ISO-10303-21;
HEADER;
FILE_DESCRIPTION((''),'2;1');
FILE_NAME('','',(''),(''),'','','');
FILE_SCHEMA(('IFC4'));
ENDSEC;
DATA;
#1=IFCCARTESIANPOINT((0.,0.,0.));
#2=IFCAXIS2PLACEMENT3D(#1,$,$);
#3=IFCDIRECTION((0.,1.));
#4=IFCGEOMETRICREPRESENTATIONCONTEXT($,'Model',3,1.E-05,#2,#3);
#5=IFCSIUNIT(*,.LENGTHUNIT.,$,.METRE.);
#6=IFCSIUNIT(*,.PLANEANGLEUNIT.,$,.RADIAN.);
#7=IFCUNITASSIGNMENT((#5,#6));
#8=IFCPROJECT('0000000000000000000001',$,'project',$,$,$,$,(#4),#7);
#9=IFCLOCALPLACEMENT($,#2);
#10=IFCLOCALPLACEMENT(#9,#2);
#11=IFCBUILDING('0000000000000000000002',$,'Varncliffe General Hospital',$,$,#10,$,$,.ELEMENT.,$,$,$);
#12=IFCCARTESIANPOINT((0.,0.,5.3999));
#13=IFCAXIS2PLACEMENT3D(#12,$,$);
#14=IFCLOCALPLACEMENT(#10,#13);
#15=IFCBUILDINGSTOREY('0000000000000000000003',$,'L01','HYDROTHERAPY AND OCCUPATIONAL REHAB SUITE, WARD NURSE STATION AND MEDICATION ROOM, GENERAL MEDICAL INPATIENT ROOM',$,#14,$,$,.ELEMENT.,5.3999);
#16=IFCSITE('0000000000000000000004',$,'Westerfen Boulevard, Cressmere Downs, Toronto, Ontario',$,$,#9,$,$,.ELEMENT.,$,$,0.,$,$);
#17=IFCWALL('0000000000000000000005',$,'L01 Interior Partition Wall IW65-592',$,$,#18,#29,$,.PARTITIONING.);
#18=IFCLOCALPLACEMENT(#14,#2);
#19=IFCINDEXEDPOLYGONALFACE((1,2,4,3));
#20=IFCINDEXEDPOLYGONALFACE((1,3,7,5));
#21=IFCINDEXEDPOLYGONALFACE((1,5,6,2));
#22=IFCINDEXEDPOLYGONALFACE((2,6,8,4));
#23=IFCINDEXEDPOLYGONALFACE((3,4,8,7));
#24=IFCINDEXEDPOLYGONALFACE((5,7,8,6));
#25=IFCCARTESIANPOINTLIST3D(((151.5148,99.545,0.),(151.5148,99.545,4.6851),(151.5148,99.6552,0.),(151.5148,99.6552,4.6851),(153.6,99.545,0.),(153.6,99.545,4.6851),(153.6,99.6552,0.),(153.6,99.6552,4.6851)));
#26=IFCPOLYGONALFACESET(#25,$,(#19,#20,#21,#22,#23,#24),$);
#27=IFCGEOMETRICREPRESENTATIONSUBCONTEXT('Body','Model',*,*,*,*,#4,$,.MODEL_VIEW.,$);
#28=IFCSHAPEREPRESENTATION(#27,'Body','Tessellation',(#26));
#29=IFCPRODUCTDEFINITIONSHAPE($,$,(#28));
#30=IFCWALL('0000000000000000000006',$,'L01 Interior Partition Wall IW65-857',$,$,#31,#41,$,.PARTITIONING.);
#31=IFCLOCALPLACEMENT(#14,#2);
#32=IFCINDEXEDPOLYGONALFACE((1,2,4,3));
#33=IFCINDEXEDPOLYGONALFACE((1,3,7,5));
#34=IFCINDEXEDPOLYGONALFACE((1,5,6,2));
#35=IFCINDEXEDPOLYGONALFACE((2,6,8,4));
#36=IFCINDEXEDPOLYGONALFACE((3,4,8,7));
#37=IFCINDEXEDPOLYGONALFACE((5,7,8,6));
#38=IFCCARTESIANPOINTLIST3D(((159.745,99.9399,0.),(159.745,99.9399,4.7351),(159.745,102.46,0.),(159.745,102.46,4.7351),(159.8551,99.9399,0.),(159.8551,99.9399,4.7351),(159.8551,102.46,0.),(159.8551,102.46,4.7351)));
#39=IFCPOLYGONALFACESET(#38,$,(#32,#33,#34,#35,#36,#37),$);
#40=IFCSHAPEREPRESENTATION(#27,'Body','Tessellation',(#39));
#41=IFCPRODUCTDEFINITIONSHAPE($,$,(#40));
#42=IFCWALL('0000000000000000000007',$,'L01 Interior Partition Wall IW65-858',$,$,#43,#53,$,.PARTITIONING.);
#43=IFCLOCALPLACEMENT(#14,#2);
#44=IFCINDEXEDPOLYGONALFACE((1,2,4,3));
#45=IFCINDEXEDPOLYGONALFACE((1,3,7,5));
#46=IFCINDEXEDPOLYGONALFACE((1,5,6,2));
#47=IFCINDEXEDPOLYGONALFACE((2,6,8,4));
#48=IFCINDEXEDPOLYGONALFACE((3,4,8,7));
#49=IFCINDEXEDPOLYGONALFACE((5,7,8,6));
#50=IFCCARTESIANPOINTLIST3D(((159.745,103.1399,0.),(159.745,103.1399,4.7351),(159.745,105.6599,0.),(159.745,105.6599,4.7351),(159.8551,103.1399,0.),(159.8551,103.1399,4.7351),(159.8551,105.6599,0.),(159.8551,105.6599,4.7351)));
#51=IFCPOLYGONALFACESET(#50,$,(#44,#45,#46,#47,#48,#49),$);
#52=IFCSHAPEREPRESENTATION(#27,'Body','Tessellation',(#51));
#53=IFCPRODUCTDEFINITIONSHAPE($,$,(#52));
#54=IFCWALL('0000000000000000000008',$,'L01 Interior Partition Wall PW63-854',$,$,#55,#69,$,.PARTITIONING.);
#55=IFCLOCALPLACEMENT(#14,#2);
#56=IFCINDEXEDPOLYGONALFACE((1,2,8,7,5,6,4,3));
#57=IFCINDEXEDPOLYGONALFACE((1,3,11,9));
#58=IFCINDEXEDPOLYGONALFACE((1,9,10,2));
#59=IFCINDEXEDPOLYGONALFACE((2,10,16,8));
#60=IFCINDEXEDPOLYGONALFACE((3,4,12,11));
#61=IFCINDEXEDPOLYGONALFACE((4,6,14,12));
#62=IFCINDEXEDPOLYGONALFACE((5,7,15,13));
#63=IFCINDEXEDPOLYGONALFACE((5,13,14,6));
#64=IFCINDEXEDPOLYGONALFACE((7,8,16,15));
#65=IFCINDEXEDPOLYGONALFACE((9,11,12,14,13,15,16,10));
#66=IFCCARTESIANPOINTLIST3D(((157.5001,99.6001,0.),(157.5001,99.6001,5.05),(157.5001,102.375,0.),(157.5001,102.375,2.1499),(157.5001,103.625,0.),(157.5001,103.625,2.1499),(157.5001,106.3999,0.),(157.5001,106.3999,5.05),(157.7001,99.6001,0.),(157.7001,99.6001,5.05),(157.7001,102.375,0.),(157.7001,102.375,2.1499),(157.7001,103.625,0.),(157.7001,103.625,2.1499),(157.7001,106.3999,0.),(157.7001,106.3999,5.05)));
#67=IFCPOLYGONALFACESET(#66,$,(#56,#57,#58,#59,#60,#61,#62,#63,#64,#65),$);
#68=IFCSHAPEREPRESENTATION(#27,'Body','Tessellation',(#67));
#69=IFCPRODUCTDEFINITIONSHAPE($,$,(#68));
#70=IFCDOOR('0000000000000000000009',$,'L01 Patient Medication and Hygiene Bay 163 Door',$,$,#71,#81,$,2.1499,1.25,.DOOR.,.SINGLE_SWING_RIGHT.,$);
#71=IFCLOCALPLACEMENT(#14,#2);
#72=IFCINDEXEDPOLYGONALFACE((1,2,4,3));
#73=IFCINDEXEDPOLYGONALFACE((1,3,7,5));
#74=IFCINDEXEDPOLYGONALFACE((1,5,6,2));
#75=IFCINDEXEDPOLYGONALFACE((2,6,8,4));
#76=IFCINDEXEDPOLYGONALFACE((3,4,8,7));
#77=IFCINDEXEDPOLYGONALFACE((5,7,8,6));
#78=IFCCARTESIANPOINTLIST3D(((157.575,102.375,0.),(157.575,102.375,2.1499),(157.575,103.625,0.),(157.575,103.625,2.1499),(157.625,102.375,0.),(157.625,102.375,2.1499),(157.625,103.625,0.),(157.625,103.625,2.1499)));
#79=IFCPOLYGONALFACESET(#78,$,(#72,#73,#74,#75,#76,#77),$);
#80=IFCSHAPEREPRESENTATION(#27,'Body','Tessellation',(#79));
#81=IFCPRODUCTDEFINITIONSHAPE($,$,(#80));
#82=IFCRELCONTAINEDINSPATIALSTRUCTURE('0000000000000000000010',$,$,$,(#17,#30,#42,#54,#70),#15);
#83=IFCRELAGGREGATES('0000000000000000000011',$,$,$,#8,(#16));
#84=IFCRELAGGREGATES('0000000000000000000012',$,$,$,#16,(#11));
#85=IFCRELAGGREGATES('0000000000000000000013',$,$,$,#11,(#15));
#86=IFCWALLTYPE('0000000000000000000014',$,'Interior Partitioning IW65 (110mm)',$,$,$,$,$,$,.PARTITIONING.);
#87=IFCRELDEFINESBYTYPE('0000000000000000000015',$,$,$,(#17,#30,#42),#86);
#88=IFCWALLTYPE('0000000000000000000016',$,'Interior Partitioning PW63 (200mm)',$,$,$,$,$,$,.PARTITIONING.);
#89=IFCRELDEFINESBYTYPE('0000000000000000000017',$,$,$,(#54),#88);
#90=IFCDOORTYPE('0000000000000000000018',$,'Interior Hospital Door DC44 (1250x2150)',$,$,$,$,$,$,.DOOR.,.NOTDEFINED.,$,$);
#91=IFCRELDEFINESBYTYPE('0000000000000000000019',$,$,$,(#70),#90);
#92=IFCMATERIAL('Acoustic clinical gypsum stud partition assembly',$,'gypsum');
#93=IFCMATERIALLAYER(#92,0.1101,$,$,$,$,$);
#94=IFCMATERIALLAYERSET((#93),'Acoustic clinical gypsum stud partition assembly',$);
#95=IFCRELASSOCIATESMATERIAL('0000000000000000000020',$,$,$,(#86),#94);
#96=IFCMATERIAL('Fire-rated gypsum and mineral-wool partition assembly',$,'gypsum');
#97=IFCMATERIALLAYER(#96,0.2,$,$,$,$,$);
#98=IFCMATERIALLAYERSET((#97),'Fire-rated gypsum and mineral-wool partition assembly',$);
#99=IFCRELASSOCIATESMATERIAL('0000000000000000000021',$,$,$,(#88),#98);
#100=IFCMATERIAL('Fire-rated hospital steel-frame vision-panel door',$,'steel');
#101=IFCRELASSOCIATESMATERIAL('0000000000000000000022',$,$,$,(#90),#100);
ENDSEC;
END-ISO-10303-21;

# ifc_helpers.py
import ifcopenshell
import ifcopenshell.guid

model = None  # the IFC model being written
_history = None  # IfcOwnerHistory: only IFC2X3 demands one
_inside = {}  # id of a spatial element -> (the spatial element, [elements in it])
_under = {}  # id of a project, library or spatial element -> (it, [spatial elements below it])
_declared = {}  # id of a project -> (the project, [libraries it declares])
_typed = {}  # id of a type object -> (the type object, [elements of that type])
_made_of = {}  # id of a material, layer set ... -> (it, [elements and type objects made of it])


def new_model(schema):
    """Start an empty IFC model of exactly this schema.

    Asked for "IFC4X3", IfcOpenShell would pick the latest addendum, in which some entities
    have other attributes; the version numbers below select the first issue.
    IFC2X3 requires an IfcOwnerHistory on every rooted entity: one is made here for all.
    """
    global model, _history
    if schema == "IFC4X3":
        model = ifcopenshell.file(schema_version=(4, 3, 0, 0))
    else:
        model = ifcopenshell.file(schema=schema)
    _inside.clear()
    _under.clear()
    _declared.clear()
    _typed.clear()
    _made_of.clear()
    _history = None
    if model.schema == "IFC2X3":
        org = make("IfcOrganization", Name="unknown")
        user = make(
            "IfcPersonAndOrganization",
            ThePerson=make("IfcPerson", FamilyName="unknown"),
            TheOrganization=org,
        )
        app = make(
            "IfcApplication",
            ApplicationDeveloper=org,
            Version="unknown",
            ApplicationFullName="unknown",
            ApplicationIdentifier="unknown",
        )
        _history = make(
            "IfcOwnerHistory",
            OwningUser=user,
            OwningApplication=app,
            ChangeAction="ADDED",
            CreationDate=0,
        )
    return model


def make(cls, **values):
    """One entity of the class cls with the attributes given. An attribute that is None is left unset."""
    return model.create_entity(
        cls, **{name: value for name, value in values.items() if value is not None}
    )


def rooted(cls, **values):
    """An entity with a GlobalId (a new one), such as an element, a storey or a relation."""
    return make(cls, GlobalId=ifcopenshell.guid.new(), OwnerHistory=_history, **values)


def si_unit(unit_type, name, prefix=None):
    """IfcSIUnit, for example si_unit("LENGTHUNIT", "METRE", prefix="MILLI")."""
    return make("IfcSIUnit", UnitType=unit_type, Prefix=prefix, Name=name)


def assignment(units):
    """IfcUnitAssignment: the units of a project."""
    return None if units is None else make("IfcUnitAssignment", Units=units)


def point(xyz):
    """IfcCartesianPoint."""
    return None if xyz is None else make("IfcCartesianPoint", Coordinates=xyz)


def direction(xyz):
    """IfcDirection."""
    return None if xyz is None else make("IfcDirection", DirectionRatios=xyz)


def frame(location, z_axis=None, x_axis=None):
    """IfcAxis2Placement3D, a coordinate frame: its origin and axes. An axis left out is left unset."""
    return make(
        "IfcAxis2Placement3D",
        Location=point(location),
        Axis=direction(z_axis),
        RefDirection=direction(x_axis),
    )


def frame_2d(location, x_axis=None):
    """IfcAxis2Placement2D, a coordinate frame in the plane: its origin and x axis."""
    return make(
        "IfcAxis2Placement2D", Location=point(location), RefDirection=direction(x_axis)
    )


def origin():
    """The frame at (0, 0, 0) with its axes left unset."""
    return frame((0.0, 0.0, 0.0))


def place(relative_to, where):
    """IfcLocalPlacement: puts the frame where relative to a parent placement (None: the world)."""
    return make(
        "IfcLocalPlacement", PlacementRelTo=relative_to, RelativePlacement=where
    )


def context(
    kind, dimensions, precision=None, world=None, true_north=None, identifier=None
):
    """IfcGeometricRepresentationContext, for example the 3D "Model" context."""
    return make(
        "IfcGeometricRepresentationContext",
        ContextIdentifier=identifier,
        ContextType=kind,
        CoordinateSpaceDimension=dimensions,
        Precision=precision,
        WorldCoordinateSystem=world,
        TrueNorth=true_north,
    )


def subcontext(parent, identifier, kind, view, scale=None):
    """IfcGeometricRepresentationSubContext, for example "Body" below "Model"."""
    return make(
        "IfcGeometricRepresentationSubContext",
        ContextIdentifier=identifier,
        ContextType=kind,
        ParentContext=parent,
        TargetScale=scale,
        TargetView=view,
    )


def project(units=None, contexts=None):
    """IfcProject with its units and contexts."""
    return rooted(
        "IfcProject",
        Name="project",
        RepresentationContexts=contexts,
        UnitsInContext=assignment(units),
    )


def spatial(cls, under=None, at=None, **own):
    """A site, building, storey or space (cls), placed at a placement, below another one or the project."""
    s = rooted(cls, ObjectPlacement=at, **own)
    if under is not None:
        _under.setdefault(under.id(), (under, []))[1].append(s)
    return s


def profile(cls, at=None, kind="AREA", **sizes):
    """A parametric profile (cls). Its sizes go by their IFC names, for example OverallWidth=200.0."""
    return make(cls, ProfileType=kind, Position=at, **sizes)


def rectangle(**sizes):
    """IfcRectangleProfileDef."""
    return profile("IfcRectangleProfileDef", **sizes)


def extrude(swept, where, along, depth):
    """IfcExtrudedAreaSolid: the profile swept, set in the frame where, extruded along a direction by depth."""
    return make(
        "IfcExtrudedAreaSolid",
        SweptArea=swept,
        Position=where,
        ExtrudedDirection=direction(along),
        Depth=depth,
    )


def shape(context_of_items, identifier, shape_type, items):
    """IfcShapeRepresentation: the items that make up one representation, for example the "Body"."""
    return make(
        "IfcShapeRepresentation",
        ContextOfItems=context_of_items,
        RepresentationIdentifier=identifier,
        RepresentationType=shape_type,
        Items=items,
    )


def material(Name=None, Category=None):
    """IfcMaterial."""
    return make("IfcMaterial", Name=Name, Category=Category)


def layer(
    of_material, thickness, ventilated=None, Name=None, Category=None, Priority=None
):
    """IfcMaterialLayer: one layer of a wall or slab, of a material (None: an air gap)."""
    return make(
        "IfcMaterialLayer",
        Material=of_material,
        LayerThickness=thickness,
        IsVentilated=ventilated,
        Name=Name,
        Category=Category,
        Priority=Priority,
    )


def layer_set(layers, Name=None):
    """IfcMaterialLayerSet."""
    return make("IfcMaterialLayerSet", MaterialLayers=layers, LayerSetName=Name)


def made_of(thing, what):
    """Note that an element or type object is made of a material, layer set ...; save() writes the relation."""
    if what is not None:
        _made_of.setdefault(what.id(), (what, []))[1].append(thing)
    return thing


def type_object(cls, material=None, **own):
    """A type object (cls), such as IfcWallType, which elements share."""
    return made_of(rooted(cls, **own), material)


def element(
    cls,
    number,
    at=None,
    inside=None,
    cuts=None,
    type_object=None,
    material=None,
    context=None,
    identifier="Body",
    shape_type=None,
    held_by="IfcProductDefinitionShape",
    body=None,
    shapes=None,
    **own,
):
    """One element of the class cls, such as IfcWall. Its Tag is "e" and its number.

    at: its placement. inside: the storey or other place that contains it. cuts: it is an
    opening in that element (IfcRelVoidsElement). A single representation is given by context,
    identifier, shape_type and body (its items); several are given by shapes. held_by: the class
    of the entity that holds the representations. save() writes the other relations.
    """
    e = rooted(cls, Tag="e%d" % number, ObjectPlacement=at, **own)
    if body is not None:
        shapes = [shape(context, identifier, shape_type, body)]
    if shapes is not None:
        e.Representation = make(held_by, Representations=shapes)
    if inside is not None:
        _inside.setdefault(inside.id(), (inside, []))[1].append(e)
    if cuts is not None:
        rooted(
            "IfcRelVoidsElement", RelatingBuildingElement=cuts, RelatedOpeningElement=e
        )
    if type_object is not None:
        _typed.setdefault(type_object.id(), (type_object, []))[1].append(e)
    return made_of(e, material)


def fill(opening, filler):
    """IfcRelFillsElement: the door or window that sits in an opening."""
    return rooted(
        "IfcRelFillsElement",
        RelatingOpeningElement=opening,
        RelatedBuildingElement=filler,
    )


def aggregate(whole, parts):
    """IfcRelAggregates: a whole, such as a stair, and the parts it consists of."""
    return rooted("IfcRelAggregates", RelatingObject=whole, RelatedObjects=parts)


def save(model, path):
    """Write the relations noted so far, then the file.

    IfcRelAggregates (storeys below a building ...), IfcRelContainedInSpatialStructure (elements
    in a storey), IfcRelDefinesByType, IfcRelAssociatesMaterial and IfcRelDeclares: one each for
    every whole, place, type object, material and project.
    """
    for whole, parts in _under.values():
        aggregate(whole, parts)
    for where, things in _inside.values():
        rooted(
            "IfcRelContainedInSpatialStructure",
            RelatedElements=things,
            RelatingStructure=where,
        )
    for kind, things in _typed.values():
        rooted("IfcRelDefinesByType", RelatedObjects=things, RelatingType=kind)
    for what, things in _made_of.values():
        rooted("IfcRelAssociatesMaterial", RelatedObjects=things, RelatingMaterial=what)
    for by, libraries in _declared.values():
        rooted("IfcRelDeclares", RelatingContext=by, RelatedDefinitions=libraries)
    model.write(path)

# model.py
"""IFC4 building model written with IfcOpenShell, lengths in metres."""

from ifc_helpers import new_model, si_unit, direction, frame, frame_2d, origin, place, context, subcontext, project, spatial, rectangle, extrude, material, layer, layer_set, type_object, element, fill, save


model = new_model("IFC4")

# Units and contexts
model_context = context("Model", 3, precision=1e-05, world=origin(), true_north=direction((0.0, 1.0)))
body_context = subcontext(model_context, "Body", "Model", "MODEL_VIEW")
ifc_project = project(units=[si_unit("LENGTHUNIT", "METRE"), si_unit("PLANEANGLEUNIT", "RADIAN")], contexts=[model_context])

# Site, building, storey
site_placement = place(None, origin())
site = spatial("IfcSite", under=ifc_project, at=site_placement, Name="Westerfen Boulevard, Cressmere Downs, Toronto, Ontario", CompositionType="ELEMENT", RefElevation=0.0)
building_placement = place(site_placement, origin())
building = spatial("IfcBuilding", under=site, at=building_placement, Name="Varncliffe General Hospital", CompositionType="ELEMENT")
storey_placement = place(building_placement, frame((0.0, 0.0, 5.3999)))
storey = spatial("IfcBuildingStorey", under=building, at=storey_placement, Name="L01", Description="HYDROTHERAPY AND OCCUPATIONAL REHAB SUITE, WARD NURSE STATION AND MEDICATION ROOM, GENERAL MEDICAL INPATIENT ROOM", CompositionType="ELEMENT", Elevation=5.3999)

# Walls
ifc_material_1 = material(Name="Acoustic clinical gypsum stud partition assembly", Category="gypsum")
ifc_layer_1 = layer(ifc_material_1, 0.1101)
ifc_layer_set_1 = layer_set([ifc_layer_1], Name="Acoustic clinical gypsum stud partition assembly")
wall_type_1 = type_object("IfcWallType", Name="Interior Partitioning IW65 (110mm)", PredefinedType="PARTITIONING", material=ifc_layer_set_1)
wall_1_placement = place(storey_placement, frame((151.5149, 99.6001, 0.0), z_axis=(0.0, 0.0, 1.0), x_axis=(1.0, 0.0, 0.0)))
element("IfcWall", 1, at=wall_1_placement, inside=storey, type_object=wall_type_1, Name="L01 Interior Partition Wall IW65-592", PredefinedType="PARTITIONING", context=body_context, shape_type="SweptSolid", body=[
    extrude(rectangle(XDim=2.0852, YDim=0.1101, at=frame_2d((1.0425, 0.0))), origin(), (0.0, 0.0, 1.0), 4.6851),
])
for number, where, z_axis, x_axis, name in (
    (2, (159.8, 99.9399, 0.0), (0.0, 0.0, 1.0), (0.0, 1.0, 0.0), "L01 Interior Partition Wall IW65-857"),
    (3, (159.8, 103.1399, 0.0), (0.0, 0.0, 1.0), (0.0, 1.0, 0.0), "L01 Interior Partition Wall IW65-858"),
):
    element("IfcWall", number, at=place(storey_placement, frame(where, z_axis=z_axis, x_axis=x_axis)), inside=storey, type_object=wall_type_1, Name=name, PredefinedType="PARTITIONING", context=body_context, shape_type="SweptSolid", body=[
        extrude(rectangle(XDim=2.52, YDim=0.1101, at=frame_2d((1.26, 0.0))), origin(), (0.0, 0.0, 1.0), 4.7351),
    ])

# Wall, opening, door
ifc_material_2 = material(Name="Fire-rated gypsum and mineral-wool partition assembly", Category="gypsum")
ifc_layer_2 = layer(ifc_material_2, 0.2)
ifc_layer_set_2 = layer_set([ifc_layer_2], Name="Fire-rated gypsum and mineral-wool partition assembly")
wall_type_2 = type_object("IfcWallType", Name="Interior Partitioning PW63 (200mm)", PredefinedType="PARTITIONING", material=ifc_layer_set_2)
wall_2_placement = place(storey_placement, frame((157.6001, 99.6001, 0.0), z_axis=(0.0, 0.0, 1.0), x_axis=(0.0, 1.0, 0.0)))
wall_2 = element("IfcWall", 4, at=wall_2_placement, inside=storey, type_object=wall_type_2, Name="L01 Interior Partition Wall PW63-854", PredefinedType="PARTITIONING", context=body_context, shape_type="SweptSolid", body=[
    extrude(rectangle(XDim=6.7998, YDim=0.2, at=frame_2d((3.3999, 0.0))), origin(), (0.0, 0.0, 1.0), 5.05),
])
opening_placement = place(wall_2_placement, frame((2.7749, 0.0, 0.0)))
opening = element("IfcOpeningElement", 5, at=opening_placement, cuts=wall_2, PredefinedType="OPENING", context=body_context, shape_type="SweptSolid", body=[
    extrude(rectangle(XDim=1.25, YDim=2.1499, at=frame_2d((0.625, 1.075))), frame((0.0, 0.1099, 0.0), z_axis=(0.0, -1.0, 0.0), x_axis=(1.0, 0.0, 0.0)), (0.0, 0.0, 1.0), 0.22),
])
ifc_material_3 = material(Name="Fire-rated hospital steel-frame vision-panel door", Category="steel")
door_type = type_object("IfcDoorType", Name="Interior Hospital Door DC44 (1250x2150)", OperationType="NOTDEFINED", PredefinedType="DOOR", material=ifc_material_3)
door_placement = place(opening_placement, frame((1.25, 0.0, 0.0), z_axis=(0.0, 0.0, 1.0), x_axis=(-1.0, 0.0, 0.0)))
door = element("IfcDoor", 6, at=door_placement, inside=storey, type_object=door_type, Name="L01 Patient Medication and Hygiene Bay 163 Door", OperationType="SINGLE_SWING_RIGHT", OverallHeight=2.1499, OverallWidth=1.25, PredefinedType="DOOR", context=body_context, shape_type="SweptSolid", body=[
    extrude(rectangle(XDim=1.25, YDim=2.1499, at=frame_2d((0.625, 1.075))), frame((0.0, 0.0249, 0.0), z_axis=(0.0, -1.0, 0.0), x_axis=(1.0, 0.0, 0.0)), (0.0, 0.0, 1.0), 0.05),
])
fill(opening, door)

save(model, "model.ifc")
